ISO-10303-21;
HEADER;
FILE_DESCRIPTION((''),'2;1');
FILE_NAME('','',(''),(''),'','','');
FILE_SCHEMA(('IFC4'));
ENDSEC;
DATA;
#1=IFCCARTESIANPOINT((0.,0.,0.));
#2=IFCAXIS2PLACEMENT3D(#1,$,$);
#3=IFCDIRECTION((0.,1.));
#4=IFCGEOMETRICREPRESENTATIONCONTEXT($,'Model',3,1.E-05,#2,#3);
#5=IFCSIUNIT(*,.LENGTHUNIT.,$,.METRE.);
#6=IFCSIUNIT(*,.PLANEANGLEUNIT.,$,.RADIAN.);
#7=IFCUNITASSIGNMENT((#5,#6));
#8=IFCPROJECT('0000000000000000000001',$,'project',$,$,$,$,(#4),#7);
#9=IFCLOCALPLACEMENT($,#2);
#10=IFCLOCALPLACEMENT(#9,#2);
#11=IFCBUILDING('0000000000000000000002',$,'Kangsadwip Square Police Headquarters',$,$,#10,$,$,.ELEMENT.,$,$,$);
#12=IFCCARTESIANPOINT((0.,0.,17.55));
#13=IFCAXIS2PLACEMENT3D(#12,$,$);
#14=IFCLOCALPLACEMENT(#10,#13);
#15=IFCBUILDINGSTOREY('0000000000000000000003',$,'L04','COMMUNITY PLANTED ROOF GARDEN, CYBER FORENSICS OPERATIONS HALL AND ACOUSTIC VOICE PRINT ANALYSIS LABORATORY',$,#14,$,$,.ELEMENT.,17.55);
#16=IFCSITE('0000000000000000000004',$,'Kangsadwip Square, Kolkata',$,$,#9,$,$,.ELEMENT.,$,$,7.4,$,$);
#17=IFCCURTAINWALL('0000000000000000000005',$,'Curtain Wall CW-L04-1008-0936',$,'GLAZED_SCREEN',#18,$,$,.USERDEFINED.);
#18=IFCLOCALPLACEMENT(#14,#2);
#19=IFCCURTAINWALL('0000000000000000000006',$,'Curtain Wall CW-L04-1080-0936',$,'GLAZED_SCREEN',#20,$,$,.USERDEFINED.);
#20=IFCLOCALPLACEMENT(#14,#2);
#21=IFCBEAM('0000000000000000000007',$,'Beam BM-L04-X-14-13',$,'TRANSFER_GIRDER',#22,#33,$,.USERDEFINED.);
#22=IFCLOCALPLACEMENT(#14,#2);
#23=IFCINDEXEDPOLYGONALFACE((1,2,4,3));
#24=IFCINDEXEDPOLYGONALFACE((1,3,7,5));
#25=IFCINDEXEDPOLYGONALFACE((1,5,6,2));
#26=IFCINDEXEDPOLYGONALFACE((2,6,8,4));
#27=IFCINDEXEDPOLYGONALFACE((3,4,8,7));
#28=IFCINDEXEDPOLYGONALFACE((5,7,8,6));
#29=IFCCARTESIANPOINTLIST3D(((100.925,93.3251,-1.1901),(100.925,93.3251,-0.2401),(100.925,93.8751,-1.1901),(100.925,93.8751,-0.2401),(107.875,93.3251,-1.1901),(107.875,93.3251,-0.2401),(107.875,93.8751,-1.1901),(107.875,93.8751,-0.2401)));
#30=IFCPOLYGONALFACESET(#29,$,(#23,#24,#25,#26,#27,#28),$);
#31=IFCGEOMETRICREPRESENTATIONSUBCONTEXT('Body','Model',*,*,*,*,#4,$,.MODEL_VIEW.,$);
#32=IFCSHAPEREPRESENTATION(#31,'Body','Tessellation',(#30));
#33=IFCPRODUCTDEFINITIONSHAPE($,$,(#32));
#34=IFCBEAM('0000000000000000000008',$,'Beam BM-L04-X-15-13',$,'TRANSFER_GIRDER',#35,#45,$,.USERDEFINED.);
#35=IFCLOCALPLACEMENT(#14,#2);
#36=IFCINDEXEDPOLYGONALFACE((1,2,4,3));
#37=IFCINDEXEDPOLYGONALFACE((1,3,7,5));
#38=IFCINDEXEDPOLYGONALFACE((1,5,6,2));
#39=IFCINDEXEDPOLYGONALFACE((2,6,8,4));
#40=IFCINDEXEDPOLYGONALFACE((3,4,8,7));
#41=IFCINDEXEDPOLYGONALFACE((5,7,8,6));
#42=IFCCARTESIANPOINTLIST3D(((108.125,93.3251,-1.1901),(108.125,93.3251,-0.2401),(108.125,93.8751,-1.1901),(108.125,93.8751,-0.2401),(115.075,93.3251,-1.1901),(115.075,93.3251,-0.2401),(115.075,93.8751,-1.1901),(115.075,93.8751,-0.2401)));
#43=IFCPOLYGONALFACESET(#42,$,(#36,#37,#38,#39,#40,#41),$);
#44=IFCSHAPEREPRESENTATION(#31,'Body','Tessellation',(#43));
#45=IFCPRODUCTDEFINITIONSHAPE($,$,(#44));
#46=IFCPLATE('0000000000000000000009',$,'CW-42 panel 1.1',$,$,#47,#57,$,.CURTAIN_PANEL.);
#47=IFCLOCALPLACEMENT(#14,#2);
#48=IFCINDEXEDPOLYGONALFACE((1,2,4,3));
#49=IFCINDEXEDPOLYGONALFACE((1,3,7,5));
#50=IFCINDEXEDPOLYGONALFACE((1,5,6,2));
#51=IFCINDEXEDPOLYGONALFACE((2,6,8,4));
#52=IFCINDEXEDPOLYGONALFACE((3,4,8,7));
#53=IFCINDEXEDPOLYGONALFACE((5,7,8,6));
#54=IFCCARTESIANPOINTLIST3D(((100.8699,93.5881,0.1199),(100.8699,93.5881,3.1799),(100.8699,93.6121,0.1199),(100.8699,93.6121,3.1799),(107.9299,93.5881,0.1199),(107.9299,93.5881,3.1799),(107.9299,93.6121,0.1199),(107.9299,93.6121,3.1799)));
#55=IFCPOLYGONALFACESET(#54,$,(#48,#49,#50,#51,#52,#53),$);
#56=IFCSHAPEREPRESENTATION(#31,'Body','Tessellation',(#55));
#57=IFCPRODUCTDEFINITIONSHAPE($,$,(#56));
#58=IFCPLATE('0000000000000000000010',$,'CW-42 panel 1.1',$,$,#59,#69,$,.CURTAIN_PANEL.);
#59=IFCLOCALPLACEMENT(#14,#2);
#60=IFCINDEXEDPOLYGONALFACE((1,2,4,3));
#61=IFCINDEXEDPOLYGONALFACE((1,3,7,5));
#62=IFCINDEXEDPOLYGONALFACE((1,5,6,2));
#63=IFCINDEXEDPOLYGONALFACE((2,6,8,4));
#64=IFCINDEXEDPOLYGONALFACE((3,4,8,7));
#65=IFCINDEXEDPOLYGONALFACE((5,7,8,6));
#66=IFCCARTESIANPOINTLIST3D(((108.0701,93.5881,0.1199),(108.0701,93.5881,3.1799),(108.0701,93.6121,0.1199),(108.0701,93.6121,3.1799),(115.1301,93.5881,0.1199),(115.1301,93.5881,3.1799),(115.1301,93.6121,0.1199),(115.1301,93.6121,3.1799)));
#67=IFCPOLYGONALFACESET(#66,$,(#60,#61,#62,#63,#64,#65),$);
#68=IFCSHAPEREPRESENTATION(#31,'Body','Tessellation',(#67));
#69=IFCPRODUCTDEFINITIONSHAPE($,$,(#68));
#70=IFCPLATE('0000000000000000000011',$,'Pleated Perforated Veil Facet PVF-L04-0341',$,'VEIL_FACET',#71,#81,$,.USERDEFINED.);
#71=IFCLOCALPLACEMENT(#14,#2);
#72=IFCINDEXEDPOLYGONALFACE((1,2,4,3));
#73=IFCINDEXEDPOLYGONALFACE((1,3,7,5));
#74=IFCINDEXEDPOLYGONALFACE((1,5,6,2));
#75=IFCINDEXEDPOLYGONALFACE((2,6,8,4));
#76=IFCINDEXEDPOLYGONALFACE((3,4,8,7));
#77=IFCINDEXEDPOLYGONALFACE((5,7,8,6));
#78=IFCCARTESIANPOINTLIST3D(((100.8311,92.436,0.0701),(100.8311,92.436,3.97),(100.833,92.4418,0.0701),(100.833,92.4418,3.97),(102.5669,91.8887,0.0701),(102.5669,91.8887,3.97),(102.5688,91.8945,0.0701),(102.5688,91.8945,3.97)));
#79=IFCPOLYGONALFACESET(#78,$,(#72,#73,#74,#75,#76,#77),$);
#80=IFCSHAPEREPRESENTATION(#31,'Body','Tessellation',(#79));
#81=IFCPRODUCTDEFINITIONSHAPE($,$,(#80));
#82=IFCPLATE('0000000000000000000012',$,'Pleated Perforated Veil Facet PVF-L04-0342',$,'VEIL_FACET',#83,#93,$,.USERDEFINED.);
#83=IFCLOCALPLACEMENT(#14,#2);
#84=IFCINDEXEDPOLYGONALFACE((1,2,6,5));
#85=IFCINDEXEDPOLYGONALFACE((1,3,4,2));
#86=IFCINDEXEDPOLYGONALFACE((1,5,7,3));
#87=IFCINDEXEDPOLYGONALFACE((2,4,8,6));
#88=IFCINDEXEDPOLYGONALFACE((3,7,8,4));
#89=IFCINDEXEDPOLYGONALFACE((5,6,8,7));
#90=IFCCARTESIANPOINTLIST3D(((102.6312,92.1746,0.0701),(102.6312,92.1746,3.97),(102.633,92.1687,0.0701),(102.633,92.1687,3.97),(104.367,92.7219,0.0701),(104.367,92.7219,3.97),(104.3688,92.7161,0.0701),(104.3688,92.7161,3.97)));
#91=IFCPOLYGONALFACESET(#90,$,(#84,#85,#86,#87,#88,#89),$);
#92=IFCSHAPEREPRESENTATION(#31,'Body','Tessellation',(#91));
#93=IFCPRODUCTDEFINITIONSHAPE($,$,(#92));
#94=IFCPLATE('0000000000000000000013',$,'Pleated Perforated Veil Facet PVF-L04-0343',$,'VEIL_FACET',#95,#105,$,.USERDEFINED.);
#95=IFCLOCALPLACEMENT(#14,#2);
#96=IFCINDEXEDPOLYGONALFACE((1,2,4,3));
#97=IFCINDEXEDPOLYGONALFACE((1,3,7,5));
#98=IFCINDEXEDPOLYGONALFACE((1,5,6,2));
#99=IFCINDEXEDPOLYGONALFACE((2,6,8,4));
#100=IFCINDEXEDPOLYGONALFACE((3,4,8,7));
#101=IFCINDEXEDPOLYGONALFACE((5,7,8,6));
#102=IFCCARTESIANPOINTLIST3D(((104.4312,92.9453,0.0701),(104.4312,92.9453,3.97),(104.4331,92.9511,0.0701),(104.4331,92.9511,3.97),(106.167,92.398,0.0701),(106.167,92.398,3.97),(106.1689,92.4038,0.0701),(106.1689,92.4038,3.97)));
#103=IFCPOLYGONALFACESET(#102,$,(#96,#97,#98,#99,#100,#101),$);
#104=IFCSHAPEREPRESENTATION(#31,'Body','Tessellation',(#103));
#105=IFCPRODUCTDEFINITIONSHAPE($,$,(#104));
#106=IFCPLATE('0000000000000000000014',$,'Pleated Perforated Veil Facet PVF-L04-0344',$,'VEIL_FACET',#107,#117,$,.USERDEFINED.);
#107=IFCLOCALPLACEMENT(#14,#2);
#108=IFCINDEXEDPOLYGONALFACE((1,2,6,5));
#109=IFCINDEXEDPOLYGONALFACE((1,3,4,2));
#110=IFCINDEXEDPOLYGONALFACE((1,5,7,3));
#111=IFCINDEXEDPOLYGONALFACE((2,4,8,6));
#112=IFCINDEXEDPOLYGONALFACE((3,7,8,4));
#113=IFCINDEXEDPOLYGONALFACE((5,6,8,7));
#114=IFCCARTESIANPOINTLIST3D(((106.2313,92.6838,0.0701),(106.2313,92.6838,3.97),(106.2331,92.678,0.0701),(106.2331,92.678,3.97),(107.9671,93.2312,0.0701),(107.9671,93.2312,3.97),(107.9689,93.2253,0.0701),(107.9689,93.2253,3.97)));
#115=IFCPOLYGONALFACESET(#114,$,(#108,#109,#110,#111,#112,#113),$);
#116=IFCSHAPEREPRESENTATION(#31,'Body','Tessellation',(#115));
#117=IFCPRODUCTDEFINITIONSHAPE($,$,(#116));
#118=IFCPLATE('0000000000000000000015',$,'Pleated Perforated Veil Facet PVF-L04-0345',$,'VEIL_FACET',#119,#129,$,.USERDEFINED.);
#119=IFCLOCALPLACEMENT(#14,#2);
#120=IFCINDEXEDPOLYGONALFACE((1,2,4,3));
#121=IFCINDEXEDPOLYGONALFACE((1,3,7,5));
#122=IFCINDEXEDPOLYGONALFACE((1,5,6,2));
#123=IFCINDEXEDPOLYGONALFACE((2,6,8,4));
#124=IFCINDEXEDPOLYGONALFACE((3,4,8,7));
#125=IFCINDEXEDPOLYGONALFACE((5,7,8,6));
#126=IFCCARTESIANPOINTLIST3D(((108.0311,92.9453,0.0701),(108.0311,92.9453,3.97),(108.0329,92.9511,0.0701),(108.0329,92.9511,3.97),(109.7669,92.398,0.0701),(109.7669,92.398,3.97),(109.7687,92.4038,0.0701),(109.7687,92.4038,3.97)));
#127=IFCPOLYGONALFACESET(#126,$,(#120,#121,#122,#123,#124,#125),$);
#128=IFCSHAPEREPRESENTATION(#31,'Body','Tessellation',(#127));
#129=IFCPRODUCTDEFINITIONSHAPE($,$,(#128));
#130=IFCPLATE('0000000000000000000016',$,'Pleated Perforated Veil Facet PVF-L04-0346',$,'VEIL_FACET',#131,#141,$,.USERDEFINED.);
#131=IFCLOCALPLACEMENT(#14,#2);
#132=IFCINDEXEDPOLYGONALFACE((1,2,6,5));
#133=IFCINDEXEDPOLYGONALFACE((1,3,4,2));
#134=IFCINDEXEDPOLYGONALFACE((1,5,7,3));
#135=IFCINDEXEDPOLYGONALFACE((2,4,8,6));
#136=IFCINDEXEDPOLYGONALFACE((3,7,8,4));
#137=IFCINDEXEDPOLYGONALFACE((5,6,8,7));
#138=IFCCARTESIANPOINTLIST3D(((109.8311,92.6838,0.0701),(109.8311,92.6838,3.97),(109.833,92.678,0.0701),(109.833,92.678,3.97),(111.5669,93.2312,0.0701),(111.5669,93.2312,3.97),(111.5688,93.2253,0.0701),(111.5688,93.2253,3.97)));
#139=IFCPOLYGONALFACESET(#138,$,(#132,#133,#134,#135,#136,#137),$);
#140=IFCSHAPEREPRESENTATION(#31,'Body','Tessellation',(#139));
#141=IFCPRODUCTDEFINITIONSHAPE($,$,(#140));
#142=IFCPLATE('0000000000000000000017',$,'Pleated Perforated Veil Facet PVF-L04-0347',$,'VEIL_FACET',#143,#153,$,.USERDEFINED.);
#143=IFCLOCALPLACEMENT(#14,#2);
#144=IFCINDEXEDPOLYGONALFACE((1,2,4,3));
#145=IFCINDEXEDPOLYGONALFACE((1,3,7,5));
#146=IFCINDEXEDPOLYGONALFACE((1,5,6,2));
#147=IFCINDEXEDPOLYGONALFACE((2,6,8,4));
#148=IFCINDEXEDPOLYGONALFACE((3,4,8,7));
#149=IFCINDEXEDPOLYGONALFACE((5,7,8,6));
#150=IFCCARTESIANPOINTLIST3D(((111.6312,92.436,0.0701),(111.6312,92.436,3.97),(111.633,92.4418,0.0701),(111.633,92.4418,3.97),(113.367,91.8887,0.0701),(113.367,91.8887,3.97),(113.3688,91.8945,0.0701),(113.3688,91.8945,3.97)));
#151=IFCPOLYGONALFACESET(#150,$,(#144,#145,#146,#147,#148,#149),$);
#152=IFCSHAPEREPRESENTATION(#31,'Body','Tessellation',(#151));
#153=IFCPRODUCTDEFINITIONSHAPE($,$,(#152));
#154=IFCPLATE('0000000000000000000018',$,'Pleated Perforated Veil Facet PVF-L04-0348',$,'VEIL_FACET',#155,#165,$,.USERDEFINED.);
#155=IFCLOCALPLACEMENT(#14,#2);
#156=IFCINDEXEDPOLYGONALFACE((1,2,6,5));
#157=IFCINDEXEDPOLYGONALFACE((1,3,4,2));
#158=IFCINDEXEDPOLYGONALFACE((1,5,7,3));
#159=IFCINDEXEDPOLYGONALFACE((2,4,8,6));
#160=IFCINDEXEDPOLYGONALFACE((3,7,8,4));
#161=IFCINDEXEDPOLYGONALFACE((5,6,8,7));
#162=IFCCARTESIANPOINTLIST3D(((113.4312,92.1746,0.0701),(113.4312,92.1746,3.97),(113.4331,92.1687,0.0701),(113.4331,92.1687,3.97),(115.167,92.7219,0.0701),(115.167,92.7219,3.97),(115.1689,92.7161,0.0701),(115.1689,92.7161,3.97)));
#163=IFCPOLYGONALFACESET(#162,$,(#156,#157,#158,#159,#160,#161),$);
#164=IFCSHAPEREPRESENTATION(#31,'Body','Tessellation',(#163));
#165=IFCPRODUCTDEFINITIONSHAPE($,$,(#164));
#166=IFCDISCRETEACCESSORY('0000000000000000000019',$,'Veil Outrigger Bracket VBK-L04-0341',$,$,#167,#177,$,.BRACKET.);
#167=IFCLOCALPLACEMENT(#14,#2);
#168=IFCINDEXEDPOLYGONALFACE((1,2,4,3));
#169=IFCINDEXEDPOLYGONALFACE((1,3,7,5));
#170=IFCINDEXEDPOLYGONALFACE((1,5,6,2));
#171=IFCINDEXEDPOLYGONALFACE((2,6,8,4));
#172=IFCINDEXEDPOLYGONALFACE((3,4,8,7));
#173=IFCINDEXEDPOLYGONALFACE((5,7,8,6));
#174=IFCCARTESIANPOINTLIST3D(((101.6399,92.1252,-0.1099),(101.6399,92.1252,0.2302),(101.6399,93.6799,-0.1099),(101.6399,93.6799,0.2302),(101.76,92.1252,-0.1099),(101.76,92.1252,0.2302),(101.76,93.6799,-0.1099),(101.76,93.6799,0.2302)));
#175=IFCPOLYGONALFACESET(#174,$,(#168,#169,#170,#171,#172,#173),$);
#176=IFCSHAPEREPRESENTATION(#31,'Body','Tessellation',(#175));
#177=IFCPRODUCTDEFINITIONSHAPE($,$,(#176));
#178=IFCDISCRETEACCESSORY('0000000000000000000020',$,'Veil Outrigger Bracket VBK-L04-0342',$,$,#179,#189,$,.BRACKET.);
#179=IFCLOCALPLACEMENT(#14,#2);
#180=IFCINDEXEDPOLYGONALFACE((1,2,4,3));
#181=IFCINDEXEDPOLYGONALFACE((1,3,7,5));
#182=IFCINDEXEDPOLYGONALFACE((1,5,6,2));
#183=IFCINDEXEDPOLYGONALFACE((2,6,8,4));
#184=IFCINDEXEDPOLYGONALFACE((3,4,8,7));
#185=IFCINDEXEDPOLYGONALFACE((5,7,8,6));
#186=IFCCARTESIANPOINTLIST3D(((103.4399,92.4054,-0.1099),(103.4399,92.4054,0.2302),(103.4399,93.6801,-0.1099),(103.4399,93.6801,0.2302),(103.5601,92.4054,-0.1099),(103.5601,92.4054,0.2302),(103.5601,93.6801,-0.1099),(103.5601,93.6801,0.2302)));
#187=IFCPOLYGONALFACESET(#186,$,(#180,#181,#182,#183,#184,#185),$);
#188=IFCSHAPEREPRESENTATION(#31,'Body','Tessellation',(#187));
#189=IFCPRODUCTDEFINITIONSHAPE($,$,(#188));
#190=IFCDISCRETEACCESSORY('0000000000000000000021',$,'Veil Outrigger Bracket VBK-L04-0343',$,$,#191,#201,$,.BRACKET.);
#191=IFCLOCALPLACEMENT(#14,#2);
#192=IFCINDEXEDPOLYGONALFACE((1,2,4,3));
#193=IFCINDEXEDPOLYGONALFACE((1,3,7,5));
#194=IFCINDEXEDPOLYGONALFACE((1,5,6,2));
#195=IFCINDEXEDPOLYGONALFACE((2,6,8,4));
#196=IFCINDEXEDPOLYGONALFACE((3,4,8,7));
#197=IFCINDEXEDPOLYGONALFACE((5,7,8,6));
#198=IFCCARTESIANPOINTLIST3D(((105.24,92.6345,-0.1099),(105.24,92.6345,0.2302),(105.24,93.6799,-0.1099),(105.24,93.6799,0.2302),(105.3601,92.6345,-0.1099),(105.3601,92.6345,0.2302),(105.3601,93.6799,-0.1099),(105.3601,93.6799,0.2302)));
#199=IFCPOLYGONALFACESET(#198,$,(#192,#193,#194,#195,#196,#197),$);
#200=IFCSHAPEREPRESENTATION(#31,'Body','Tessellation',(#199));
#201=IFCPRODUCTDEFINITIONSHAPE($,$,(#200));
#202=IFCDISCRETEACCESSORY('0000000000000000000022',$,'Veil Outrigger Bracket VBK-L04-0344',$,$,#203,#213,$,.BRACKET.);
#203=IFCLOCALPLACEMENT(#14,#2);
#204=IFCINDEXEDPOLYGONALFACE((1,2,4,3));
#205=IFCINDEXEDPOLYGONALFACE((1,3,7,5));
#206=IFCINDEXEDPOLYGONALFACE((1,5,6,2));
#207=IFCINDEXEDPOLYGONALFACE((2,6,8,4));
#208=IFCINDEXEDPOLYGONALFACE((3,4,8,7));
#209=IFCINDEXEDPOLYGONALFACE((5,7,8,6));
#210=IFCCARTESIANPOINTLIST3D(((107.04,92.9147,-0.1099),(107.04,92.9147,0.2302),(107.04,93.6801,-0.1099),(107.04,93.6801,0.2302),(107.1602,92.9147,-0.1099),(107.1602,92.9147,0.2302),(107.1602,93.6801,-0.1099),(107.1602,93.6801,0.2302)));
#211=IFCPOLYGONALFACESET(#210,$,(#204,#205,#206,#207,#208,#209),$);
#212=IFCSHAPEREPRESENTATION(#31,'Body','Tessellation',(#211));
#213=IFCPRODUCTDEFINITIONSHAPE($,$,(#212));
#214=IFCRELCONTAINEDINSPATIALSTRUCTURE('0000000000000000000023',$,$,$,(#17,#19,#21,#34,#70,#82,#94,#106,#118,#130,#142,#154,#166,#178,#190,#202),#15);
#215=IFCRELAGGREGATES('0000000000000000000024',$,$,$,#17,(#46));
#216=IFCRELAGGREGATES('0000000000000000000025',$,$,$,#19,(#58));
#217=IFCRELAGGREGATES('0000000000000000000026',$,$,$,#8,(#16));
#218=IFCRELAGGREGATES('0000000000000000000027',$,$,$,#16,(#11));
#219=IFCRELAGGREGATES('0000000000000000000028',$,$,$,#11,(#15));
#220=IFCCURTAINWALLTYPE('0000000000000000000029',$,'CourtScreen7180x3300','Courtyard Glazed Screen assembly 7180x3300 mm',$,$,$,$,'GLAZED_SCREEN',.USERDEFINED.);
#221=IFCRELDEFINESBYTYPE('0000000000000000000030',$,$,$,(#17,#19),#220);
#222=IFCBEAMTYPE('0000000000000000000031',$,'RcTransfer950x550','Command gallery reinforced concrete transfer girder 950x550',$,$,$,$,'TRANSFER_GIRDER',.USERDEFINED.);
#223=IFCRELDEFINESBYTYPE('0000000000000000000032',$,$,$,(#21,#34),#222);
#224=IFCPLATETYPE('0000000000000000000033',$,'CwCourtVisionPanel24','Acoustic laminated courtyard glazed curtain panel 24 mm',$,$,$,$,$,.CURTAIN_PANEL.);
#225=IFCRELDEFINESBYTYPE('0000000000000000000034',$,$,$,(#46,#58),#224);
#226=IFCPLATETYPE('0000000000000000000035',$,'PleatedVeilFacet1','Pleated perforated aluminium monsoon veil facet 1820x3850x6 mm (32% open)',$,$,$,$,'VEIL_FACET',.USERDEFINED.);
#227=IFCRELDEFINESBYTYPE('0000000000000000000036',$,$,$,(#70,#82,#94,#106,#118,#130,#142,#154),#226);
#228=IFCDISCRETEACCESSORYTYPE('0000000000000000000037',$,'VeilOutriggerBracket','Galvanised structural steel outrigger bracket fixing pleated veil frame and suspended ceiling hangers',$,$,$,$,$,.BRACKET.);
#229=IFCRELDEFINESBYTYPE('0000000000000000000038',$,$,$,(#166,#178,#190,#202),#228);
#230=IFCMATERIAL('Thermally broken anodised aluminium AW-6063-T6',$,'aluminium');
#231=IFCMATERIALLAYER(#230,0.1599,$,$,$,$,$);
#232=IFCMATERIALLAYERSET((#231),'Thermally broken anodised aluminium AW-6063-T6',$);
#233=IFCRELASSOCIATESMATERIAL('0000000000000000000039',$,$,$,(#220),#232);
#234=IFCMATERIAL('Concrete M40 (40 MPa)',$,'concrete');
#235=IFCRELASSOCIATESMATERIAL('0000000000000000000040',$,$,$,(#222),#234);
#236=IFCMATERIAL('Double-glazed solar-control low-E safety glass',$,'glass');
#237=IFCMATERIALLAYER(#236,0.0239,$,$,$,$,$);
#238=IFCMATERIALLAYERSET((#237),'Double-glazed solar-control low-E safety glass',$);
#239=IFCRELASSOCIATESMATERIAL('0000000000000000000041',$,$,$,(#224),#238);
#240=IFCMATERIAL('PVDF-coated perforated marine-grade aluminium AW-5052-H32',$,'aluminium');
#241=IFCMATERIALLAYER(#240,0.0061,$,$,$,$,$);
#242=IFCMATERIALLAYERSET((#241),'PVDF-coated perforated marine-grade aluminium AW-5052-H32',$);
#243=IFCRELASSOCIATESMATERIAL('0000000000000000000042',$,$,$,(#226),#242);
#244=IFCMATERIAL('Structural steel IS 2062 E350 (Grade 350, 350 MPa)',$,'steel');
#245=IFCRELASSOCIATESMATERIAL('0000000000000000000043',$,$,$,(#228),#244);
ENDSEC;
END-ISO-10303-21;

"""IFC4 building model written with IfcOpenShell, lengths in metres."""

from ifc_helpers import new_model, si_unit, direction, frame, origin, origin_2d, place, context, subcontext, project, spatial, rectangle, extrude, material, layer, layer_set, material_profile, profile_set, type_object, element, aggregate, save


model = new_model("IFC4")

# Units and contexts
model_context = context("Model", 3, precision=1e-05, world=origin(), true_north=direction((0.0, 1.0)))
body_context = subcontext(model_context, "Body", "Model", "MODEL_VIEW")
ifc_project = project(units=[si_unit("LENGTHUNIT", "METRE"), si_unit("PLANEANGLEUNIT", "RADIAN")], contexts=[model_context])

# Site, building, storey
site_placement = place(None, origin())
site = spatial("IfcSite", under=ifc_project, at=site_placement, Name="Kangsadwip Square, Kolkata", CompositionType="ELEMENT", RefElevation=7.4)
building_placement = place(site_placement, origin())
building = spatial("IfcBuilding", under=site, at=building_placement, Name="Kangsadwip Square Police Headquarters", CompositionType="ELEMENT")
storey_placement = place(building_placement, frame((0.0, 0.0, 17.55)))
storey = spatial("IfcBuildingStorey", under=building, at=storey_placement, Name="L04", Description="COMMUNITY PLANTED ROOF GARDEN, CYBER FORENSICS OPERATIONS HALL AND ACOUSTIC VOICE PRINT ANALYSIS LABORATORY", CompositionType="ELEMENT", Elevation=17.55)

# Curtain wall
ifc_material_1 = material(Name="Thermally broken anodised aluminium AW-6063-T6", Category="aluminium")
ifc_layer_1 = layer(ifc_material_1, 0.1599)
ifc_layer_set_1 = layer_set([ifc_layer_1], Name="Thermally broken anodised aluminium AW-6063-T6")
curtain_wall_type = type_object("IfcCurtainWallType", Name="CourtScreen7180x3300", Description="Courtyard Glazed Screen assembly 7180x3300 mm", ElementType="GLAZED_SCREEN", PredefinedType="USERDEFINED", material=ifc_layer_set_1)
curtain_wall_1_placement = place(storey_placement, origin())
curtain_wall_1 = element("IfcCurtainWall", 1, at=curtain_wall_1_placement, inside=storey, type_object=curtain_wall_type, Name="Curtain Wall CW-L04-1008-0936", ObjectType="GLAZED_SCREEN", PredefinedType="USERDEFINED")

# Curtain wall
curtain_wall_2_placement = place(storey_placement, origin())
curtain_wall_2 = element("IfcCurtainWall", 2, at=curtain_wall_2_placement, inside=storey, type_object=curtain_wall_type, Name="Curtain Wall CW-L04-1080-0936", ObjectType="GLAZED_SCREEN", PredefinedType="USERDEFINED")

# Beams
ifc_material_2 = material(Name="Concrete M40 (40 MPa)", Category="concrete")
ifc_material_profile_1 = material_profile(ifc_material_2, rectangle(XDim=0.55, YDim=0.95, at=origin_2d()), Name="RC TG 950X550")
ifc_profile_set_1 = profile_set([ifc_material_profile_1], Name="Concrete M40 (40 MPa)")
beam_type = type_object("IfcBeamType", Name="RcTransfer950x550", Description="Command gallery reinforced concrete transfer girder 950x550", ElementType="TRANSFER_GIRDER", PredefinedType="USERDEFINED", material=ifc_profile_set_1)
for number, where, z_axis, x_axis, name in (
    (3, (100.925, 93.6001, -0.7151), (1.0, 0.0, 0.0), (0.0, 1.0, 0.0), "Beam BM-L04-X-14-13"),
    (4, (108.125, 93.6001, -0.7151), (1.0, 0.0, 0.0), (0.0, 1.0, 0.0), "Beam BM-L04-X-15-13"),
):
    element("IfcBeam", number, at=place(storey_placement, frame(where, z_axis=z_axis, x_axis=x_axis)), inside=storey, type_object=beam_type, Name=name, ObjectType="TRANSFER_GIRDER", PredefinedType="USERDEFINED", context=body_context, shape_type="SweptSolid", body=[
        extrude(rectangle(XDim=0.55, YDim=0.95, at=origin_2d()), origin(), (0.0, 0.0, 1.0), 6.95),
    ])

# Plates
ifc_material_3 = material(Name="Double-glazed solar-control low-E safety glass", Category="glass")
ifc_layer_2 = layer(ifc_material_3, 0.0239)
ifc_layer_set_2 = layer_set([ifc_layer_2], Name="Double-glazed solar-control low-E safety glass")
plate_type_1 = type_object("IfcPlateType", Name="CwCourtVisionPanel24", Description="Acoustic laminated courtyard glazed curtain panel 24 mm", PredefinedType="CURTAIN_PANEL", material=ifc_layer_set_2)
plate_1_placement = place(storey_placement, frame((104.3999, 93.6001, 0.1199), z_axis=(0.0, 0.0, 1.0), x_axis=(1.0, 0.0, 0.0)))
plate_1 = element("IfcPlate", 5, at=plate_1_placement, type_object=plate_type_1, Name="CW-42 panel 1.1", PredefinedType="CURTAIN_PANEL", context=body_context, shape_type="SweptSolid", body=[
    extrude(rectangle(XDim=7.0601, YDim=0.0239, at=origin_2d()), origin(), (0.0, 0.0, 1.0), 3.0601),
])
aggregate(curtain_wall_1, [plate_1])
plate_2_placement = place(storey_placement, frame((111.6001, 93.6001, 0.1199), z_axis=(0.0, 0.0, 1.0), x_axis=(1.0, 0.0, 0.0)))
plate_2 = element("IfcPlate", 6, at=plate_2_placement, type_object=plate_type_1, Name="CW-42 panel 1.1", PredefinedType="CURTAIN_PANEL", context=body_context, shape_type="SweptSolid", body=[
    extrude(rectangle(XDim=7.0601, YDim=0.0239, at=origin_2d()), origin(), (0.0, 0.0, 1.0), 3.0601),
])
aggregate(curtain_wall_2, [plate_2])

# Plates
ifc_material_4 = material(Name="PVDF-coated perforated marine-grade aluminium AW-5052-H32", Category="aluminium")
ifc_layer_3 = layer(ifc_material_4, 0.0061)
ifc_layer_set_3 = layer_set([ifc_layer_3], Name="PVDF-coated perforated marine-grade aluminium AW-5052-H32")
plate_type_2 = type_object("IfcPlateType", Name="PleatedVeilFacet1", Description="Pleated perforated aluminium monsoon veil facet 1820x3850x6 mm (32% open)", ElementType="VEIL_FACET", PredefinedType="USERDEFINED", material=ifc_layer_set_3)
for number, where, z_axis, x_axis, name in (
    (7, (101.7, 92.1653, 0.0701), (0.0, 0.0, 1.0), (0.953717, -0.300706, 0.0), "Pleated Perforated Veil Facet PVF-L04-0341"),
    (8, (103.5, 92.4453, 0.0701), (0.0, 0.0, 1.0), (0.953717, 0.300706, 0.0), "Pleated Perforated Veil Facet PVF-L04-0342"),
    (9, (105.3, 92.6746, 0.0701), (0.0, 0.0, 1.0), (0.953717, -0.300706, 0.0), "Pleated Perforated Veil Facet PVF-L04-0343"),
    (10, (107.1001, 92.9546, 0.0701), (0.0, 0.0, 1.0), (0.953717, 0.300706, 0.0), "Pleated Perforated Veil Facet PVF-L04-0344"),
    (11, (108.8999, 92.6746, 0.0701), (0.0, 0.0, 1.0), (0.953717, -0.300706, 0.0), "Pleated Perforated Veil Facet PVF-L04-0345"),
    (12, (110.7, 92.9546, 0.0701), (0.0, 0.0, 1.0), (0.953717, 0.300706, 0.0), "Pleated Perforated Veil Facet PVF-L04-0346"),
    (13, (112.5, 92.1653, 0.0701), (0.0, 0.0, 1.0), (0.953717, -0.300706, 0.0), "Pleated Perforated Veil Facet PVF-L04-0347"),
    (14, (114.3, 92.4453, 0.0701), (0.0, 0.0, 1.0), (0.953717, 0.300706, 0.0), "Pleated Perforated Veil Facet PVF-L04-0348"),
):
    element("IfcPlate", number, at=place(storey_placement, frame(where, z_axis=z_axis, x_axis=x_axis)), inside=storey, type_object=plate_type_2, Name=name, ObjectType="VEIL_FACET", PredefinedType="USERDEFINED", context=body_context, shape_type="SweptSolid", body=[
        extrude(rectangle(XDim=1.8201, YDim=0.0061, at=origin_2d()), origin(), (0.0, 0.0, 1.0), 3.8999),
    ])

# Discrete accessories
ifc_material_5 = material(Name="Structural steel IS 2062 E350 (Grade 350, 350 MPa)", Category="steel")
discrete_accessory_type = type_object("IfcDiscreteAccessoryType", Name="VeilOutriggerBracket", Description="Galvanised structural steel outrigger bracket fixing pleated veil frame and suspended ceiling hangers", PredefinedType="BRACKET", material=ifc_material_5)
discrete_accessory_1_placement = place(storey_placement, frame((101.7, 92.9026, -0.1099), z_axis=(0.0, 0.0, 1.0), x_axis=(1.0, 0.0, 0.0)))
element("IfcDiscreteAccessory", 15, at=discrete_accessory_1_placement, inside=storey, type_object=discrete_accessory_type, Name="Veil Outrigger Bracket VBK-L04-0341", PredefinedType="BRACKET", context=body_context, shape_type="SweptSolid", body=[
    extrude(rectangle(XDim=0.1201, YDim=1.5547, at=origin_2d()), origin(), (0.0, 0.0, 1.0), 0.3401),
])
discrete_accessory_2_placement = place(storey_placement, frame((103.5, 93.0427, -0.1099), z_axis=(0.0, 0.0, 1.0), x_axis=(1.0, 0.0, 0.0)))
element("IfcDiscreteAccessory", 16, at=discrete_accessory_2_placement, inside=storey, type_object=discrete_accessory_type, Name="Veil Outrigger Bracket VBK-L04-0342", PredefinedType="BRACKET", context=body_context, shape_type="SweptSolid", body=[
    extrude(rectangle(XDim=0.1201, YDim=1.2747, at=origin_2d()), origin(), (0.0, 0.0, 1.0), 0.3401),
])
discrete_accessory_3_placement = place(storey_placement, frame((105.3, 93.1572, -0.1099), z_axis=(0.0, 0.0, 1.0), x_axis=(1.0, 0.0, 0.0)))
element("IfcDiscreteAccessory", 17, at=discrete_accessory_3_placement, inside=storey, type_object=discrete_accessory_type, Name="Veil Outrigger Bracket VBK-L04-0343", PredefinedType="BRACKET", context=body_context, shape_type="SweptSolid", body=[
    extrude(rectangle(XDim=0.1201, YDim=1.0454, at=origin_2d()), origin(), (0.0, 0.0, 1.0), 0.3401),
])
discrete_accessory_4_placement = place(storey_placement, frame((107.1001, 93.2974, -0.1099), z_axis=(0.0, 0.0, 1.0), x_axis=(1.0, 0.0, 0.0)))
element("IfcDiscreteAccessory", 18, at=discrete_accessory_4_placement, inside=storey, type_object=discrete_accessory_type, Name="Veil Outrigger Bracket VBK-L04-0344", PredefinedType="BRACKET", context=body_context, shape_type="SweptSolid", body=[
    extrude(rectangle(XDim=0.1201, YDim=0.7654, at=origin_2d()), origin(), (0.0, 0.0, 1.0), 0.3401),
])

save(model, "model.ifc")
